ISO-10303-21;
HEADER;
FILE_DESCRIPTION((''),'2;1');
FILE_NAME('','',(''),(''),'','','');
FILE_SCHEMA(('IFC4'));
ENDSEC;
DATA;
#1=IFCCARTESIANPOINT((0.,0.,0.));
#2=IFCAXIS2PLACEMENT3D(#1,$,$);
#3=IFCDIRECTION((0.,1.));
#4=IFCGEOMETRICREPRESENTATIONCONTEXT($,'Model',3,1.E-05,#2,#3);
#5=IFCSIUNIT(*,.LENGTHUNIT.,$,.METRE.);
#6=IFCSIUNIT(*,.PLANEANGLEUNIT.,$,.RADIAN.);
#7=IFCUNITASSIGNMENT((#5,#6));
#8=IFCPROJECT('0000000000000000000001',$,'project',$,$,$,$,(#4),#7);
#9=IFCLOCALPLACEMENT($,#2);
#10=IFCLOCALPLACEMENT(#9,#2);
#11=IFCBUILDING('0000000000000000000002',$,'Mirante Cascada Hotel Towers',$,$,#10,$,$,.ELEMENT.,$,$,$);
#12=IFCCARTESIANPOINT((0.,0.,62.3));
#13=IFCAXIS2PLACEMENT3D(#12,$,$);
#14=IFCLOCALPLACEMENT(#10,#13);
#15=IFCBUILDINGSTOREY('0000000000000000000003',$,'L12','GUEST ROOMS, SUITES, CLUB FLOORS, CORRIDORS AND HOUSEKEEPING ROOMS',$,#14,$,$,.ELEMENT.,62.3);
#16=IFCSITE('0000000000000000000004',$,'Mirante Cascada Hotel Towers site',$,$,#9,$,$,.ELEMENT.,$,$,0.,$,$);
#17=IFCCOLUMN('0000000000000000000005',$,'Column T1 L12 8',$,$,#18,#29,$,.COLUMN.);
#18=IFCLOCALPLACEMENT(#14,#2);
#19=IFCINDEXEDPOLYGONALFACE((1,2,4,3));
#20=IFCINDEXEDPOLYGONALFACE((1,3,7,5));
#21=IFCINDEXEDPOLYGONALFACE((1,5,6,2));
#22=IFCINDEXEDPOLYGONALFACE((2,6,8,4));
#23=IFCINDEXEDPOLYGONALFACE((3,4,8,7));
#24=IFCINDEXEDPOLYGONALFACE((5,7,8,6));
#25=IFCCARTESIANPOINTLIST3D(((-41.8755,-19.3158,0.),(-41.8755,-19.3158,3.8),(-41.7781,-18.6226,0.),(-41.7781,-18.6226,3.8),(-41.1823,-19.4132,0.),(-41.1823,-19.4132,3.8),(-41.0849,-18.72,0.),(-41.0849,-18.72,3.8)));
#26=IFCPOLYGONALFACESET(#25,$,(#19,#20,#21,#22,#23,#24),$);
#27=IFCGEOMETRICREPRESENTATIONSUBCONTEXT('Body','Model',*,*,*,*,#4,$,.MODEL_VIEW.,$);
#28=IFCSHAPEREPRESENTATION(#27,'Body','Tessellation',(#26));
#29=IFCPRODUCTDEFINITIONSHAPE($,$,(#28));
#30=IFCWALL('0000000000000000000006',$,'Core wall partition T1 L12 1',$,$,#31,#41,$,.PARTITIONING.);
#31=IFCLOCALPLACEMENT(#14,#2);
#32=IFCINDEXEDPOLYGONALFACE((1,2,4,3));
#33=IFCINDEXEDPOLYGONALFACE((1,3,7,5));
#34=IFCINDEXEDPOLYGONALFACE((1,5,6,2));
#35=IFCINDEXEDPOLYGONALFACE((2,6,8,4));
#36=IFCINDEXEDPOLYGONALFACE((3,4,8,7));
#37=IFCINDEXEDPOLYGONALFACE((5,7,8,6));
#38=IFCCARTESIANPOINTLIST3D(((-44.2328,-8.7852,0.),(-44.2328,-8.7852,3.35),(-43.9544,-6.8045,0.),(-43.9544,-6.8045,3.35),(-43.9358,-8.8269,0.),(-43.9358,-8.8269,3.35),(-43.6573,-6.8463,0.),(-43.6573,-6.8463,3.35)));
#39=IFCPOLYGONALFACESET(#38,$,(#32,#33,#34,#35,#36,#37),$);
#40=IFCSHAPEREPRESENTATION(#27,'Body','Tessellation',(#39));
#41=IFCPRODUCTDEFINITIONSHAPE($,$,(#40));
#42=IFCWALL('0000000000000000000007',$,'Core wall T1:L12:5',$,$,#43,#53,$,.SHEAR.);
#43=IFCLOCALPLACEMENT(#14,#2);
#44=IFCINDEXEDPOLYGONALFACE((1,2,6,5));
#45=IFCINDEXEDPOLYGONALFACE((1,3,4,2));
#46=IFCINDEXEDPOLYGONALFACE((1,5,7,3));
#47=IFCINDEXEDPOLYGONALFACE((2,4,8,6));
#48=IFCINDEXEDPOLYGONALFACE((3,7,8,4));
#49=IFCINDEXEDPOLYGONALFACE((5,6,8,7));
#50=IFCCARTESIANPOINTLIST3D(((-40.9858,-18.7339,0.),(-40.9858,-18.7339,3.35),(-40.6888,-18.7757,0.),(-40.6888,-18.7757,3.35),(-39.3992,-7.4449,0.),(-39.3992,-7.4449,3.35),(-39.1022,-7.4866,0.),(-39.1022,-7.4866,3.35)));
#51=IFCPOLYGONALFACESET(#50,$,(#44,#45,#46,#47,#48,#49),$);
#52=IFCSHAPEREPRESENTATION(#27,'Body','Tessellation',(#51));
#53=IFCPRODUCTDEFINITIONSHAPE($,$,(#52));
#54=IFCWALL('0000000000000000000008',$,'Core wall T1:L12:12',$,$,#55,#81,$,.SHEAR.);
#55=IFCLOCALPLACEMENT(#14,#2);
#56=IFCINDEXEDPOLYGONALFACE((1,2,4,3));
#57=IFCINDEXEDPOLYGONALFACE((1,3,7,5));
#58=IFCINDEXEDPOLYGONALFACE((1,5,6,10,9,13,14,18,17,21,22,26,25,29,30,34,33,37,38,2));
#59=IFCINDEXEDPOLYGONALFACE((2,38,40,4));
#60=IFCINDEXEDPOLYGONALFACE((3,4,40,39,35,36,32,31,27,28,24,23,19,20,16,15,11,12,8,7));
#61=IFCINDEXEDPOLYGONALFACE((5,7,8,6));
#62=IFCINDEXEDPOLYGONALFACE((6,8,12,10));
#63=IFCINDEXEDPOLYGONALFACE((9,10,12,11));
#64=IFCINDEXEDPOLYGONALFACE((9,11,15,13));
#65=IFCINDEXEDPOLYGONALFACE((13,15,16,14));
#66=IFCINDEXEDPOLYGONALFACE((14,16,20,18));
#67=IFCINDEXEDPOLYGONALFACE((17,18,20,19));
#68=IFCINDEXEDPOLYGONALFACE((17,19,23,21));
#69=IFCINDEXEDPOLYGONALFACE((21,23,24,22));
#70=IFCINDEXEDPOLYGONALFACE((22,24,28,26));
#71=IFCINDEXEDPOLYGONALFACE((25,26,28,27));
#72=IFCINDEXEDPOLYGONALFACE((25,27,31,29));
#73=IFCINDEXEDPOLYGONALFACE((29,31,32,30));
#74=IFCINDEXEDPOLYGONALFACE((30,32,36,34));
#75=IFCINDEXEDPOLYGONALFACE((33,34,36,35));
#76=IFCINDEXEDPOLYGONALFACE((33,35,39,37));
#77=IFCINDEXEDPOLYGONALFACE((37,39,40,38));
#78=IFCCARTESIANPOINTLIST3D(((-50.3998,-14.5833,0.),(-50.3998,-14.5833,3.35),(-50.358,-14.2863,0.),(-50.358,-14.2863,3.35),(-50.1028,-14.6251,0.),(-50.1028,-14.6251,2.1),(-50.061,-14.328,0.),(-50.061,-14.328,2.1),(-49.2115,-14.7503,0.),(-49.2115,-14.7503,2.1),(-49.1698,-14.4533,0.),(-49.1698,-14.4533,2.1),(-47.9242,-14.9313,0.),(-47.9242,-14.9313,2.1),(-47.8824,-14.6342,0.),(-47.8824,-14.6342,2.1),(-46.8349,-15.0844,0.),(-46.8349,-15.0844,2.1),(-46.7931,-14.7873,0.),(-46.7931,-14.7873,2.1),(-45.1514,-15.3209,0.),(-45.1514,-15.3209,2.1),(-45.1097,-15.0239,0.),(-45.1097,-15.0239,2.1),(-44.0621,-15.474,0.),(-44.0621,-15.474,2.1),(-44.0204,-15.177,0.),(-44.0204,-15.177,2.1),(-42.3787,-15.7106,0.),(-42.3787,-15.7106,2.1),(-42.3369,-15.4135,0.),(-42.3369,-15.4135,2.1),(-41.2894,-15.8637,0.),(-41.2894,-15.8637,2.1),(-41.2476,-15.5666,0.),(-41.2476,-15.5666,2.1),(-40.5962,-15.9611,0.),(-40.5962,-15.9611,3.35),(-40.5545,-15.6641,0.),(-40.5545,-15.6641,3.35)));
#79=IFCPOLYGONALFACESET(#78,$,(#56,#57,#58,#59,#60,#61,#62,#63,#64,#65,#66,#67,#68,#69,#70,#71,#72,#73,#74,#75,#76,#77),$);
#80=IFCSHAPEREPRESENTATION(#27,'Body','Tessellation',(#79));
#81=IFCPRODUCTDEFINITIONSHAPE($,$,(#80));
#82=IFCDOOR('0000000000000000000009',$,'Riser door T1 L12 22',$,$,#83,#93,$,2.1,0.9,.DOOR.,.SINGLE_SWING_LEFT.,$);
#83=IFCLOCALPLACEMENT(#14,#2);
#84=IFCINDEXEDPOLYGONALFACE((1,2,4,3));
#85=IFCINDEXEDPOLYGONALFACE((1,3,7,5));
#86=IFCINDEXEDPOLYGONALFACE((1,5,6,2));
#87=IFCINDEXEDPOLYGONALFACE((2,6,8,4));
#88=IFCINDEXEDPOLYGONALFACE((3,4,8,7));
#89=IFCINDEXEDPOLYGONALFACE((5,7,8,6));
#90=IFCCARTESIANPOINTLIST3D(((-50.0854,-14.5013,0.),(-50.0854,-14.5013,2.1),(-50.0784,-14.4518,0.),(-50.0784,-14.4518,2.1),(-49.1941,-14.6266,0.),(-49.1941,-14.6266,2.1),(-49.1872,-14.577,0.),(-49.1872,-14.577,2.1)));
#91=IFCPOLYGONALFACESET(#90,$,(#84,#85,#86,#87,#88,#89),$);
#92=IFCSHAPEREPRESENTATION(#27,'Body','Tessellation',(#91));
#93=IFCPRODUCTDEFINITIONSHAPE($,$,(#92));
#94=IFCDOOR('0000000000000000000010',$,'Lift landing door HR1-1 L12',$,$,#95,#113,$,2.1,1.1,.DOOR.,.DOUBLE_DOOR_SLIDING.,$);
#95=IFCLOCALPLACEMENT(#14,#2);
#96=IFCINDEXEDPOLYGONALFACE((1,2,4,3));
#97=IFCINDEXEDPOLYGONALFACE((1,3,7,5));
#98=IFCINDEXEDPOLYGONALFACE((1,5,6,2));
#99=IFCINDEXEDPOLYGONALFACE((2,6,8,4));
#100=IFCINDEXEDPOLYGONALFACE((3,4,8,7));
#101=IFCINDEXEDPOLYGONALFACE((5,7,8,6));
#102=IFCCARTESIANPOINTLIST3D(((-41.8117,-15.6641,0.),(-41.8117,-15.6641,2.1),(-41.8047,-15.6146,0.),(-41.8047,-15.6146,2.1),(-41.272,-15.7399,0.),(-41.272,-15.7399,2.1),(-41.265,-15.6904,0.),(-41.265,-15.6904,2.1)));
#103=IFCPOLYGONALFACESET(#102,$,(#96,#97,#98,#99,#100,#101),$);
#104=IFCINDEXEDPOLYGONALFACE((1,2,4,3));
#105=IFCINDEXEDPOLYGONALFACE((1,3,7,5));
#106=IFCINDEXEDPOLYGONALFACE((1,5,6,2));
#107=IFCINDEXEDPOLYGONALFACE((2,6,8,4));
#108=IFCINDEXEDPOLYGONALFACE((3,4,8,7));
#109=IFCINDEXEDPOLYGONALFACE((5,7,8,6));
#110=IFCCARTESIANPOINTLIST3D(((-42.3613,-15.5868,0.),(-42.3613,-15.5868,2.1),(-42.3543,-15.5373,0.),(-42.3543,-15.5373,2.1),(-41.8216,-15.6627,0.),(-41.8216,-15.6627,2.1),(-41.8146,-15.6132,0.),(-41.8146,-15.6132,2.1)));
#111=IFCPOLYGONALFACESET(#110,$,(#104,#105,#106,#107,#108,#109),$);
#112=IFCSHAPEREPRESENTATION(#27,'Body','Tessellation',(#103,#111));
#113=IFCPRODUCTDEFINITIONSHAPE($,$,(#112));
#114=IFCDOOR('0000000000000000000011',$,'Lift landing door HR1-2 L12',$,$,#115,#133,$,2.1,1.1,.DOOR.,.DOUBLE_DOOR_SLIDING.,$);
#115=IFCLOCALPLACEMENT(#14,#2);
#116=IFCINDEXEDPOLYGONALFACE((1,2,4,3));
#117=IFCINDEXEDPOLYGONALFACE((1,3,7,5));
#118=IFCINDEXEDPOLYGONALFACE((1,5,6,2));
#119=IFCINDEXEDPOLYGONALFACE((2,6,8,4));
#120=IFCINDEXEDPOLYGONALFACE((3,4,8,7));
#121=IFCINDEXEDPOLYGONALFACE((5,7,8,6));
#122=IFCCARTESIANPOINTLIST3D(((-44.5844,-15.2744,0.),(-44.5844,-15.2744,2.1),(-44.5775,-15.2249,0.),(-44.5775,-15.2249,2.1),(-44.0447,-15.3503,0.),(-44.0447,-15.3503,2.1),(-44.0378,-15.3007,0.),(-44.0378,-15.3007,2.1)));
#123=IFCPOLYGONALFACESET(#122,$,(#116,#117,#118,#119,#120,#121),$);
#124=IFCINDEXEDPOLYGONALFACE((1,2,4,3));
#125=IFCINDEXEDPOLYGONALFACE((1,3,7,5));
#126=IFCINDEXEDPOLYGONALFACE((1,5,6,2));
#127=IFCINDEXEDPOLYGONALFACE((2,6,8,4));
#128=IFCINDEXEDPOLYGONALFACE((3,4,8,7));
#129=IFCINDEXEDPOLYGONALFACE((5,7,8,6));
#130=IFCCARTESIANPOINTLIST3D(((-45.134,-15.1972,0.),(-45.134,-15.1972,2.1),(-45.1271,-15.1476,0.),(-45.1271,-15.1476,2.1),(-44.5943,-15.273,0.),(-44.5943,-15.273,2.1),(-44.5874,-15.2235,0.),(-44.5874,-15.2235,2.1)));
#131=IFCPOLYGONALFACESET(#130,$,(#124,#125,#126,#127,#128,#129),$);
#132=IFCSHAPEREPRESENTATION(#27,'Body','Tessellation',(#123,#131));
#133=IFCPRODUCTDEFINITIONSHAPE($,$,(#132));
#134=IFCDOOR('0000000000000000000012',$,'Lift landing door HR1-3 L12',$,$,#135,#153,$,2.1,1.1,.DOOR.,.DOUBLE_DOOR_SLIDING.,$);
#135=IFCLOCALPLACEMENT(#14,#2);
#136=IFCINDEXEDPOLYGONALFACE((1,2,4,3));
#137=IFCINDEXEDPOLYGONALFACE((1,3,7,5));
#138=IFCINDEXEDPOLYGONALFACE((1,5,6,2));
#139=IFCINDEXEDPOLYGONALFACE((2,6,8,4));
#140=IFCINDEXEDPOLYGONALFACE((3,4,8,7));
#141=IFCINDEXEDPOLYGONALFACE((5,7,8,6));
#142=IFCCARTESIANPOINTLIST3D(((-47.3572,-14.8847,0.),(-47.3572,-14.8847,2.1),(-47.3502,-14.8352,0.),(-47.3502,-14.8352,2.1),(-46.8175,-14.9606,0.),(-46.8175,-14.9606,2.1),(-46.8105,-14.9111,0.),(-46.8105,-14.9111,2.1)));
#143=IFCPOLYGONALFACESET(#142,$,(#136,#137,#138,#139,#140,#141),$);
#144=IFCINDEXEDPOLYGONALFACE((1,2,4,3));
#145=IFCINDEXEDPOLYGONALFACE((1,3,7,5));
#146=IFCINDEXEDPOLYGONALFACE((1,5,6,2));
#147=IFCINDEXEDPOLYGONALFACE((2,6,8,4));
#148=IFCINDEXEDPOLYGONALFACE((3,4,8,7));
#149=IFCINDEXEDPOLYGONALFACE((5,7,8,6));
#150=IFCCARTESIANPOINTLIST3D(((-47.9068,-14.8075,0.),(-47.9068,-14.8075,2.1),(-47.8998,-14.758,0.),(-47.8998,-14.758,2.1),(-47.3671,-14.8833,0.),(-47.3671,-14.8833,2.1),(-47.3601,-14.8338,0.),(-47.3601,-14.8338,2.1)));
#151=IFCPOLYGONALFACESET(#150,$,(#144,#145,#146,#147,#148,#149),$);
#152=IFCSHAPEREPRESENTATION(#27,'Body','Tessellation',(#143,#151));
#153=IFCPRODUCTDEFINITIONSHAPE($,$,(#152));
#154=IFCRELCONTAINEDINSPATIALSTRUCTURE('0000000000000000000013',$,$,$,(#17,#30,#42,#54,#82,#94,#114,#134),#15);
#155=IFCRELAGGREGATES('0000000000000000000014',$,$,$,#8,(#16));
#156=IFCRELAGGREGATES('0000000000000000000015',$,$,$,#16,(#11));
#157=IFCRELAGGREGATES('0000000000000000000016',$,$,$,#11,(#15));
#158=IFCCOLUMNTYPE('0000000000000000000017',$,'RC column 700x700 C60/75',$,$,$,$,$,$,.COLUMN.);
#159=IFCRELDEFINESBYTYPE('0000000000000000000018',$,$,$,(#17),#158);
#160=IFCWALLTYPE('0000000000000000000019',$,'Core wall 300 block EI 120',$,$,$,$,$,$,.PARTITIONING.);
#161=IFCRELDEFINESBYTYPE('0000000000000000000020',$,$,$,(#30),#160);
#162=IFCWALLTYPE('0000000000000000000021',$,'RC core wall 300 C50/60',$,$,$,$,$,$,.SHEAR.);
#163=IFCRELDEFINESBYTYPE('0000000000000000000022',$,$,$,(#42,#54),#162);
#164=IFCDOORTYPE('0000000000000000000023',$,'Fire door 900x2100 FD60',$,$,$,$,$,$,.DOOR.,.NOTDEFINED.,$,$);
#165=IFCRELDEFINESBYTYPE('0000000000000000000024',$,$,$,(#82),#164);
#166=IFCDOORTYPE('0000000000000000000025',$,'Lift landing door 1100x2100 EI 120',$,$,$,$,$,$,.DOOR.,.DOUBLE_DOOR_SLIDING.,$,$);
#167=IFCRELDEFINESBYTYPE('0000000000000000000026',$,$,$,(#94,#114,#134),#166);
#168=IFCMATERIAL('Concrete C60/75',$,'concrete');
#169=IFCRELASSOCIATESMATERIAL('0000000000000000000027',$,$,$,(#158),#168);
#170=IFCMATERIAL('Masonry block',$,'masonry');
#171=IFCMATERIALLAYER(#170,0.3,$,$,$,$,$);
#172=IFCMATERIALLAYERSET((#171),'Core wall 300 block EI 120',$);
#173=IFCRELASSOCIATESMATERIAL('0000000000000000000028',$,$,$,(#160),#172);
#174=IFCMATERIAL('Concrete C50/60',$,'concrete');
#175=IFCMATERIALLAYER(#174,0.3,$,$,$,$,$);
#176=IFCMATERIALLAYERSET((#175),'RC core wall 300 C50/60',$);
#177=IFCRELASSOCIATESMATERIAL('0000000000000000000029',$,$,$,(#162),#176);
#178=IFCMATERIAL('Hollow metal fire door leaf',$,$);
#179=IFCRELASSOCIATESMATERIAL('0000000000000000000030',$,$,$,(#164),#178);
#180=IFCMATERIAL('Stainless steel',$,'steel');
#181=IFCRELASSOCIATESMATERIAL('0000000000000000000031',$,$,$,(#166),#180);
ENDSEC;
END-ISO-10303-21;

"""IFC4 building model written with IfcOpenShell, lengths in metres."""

from ifc_helpers import new_model, si_unit, direction, frame, frame_2d, origin, origin_2d, place, context, subcontext, project, spatial, rectangle, extrude, material, layer, layer_set, material_profile, profile_set, type_object, element, fill, save


model = new_model("IFC4")

# Units and contexts
model_context = context("Model", 3, precision=1e-05, world=origin(), true_north=direction((0.0, 1.0)))
body_context = subcontext(model_context, "Body", "Model", "MODEL_VIEW")
ifc_project = project(units=[si_unit("LENGTHUNIT", "METRE"), si_unit("PLANEANGLEUNIT", "RADIAN")], contexts=[model_context])

# Site, building, storey
site_placement = place(None, origin())
site = spatial("IfcSite", under=ifc_project, at=site_placement, Name="Mirante Cascada Hotel Towers site", CompositionType="ELEMENT", RefElevation=0.0)
building_placement = place(site_placement, origin())
building = spatial("IfcBuilding", under=site, at=building_placement, Name="Mirante Cascada Hotel Towers", CompositionType="ELEMENT")
storey_placement = place(building_placement, frame((0.0, 0.0, 62.3)))
storey = spatial("IfcBuildingStorey", under=building, at=storey_placement, Name="L12", Description="GUEST ROOMS, SUITES, CLUB FLOORS, CORRIDORS AND HOUSEKEEPING ROOMS", CompositionType="ELEMENT", Elevation=62.3)

# Column
ifc_material_1 = material(Name="Concrete C60/75", Category="concrete")
ifc_material_profile = material_profile(ifc_material_1, rectangle(XDim=0.7, YDim=0.7, at=origin_2d()), Name="RC column 700x700 C60/75")
ifc_profile_set = profile_set([ifc_material_profile], Name="Concrete C60/75")
column_type = type_object("IfcColumnType", Name="RC column 700x700 C60/75", PredefinedType="COLUMN", material=ifc_profile_set)
column_placement = place(storey_placement, frame((-41.4802, -19.0179, 0.0), z_axis=(0.0, 0.0, 1.0), x_axis=(-0.990268, 0.139173, 0.0)))
element("IfcColumn", 1, at=column_placement, inside=storey, type_object=column_type, Name="Column T1 L12 8", PredefinedType="COLUMN", context=body_context, shape_type="SweptSolid", body=[
    extrude(rectangle(XDim=0.7, YDim=0.7, at=origin_2d()), origin(), (0.0, 0.0, 1.0), 3.8),
])

# Walls
ifc_material_2 = material(Name="Masonry block", Category="masonry")
ifc_layer_1 = layer(ifc_material_2, 0.3)
ifc_layer_set_1 = layer_set([ifc_layer_1], Name="Core wall 300 block EI 120")
wall_type_1 = type_object("IfcWallType", Name="Core wall 300 block EI 120", PredefinedType="PARTITIONING", material=ifc_layer_set_1)
wall_1_placement = place(storey_placement, frame((-44.0843, -8.8061, 0.0), z_axis=(0.0, 0.0, 1.0), x_axis=(0.139195, 0.990265, 0.0)))
element("IfcWall", 2, at=wall_1_placement, inside=storey, type_object=wall_type_1, Name="Core wall partition T1 L12 1", PredefinedType="PARTITIONING", context=body_context, shape_type="SweptSolid", body=[
    extrude(rectangle(XDim=2.0001, YDim=0.3, at=frame_2d((1.0001, 0.0))), origin(), (0.0, 0.0, 1.0), 3.35),
])
ifc_material_3 = material(Name="Concrete C50/60", Category="concrete")
ifc_layer_2 = layer(ifc_material_3, 0.3)
ifc_layer_set_2 = layer_set([ifc_layer_2], Name="RC core wall 300 C50/60")
wall_type_2 = type_object("IfcWallType", Name="RC core wall 300 C50/60", PredefinedType="SHEAR", material=ifc_layer_set_2)
wall_2_placement = place(storey_placement, frame((-40.8373, -18.7548, 0.0), z_axis=(0.0, 0.0, 1.0), x_axis=(0.139175, 0.990268, 0.0)))
element("IfcWall", 3, at=wall_2_placement, inside=storey, type_object=wall_type_2, Name="Core wall T1:L12:5", PredefinedType="SHEAR", context=body_context, shape_type="SweptSolid", body=[
    extrude(rectangle(XDim=11.4, YDim=0.3, at=frame_2d((5.7, 0.0))), origin(), (0.0, 0.0, 1.0), 3.35),
])

# Wall, openings, doors
wall_3_placement = place(storey_placement, frame((-40.5753, -15.8126, 0.0), z_axis=(0.0, 0.0, 1.0), x_axis=(-0.990268, 0.139173, 0.0)))
wall_3 = element("IfcWall", 4, at=wall_3_placement, inside=storey, type_object=wall_type_2, Name="Core wall T1:L12:12", PredefinedType="SHEAR", context=body_context, shape_type="SweptSolid", body=[
    extrude(rectangle(XDim=9.8999, YDim=0.3, at=frame_2d((4.95, 0.0))), origin(), (0.0, 0.0, 1.0), 3.35),
])
opening_1_placement = place(wall_3_placement, frame((0.7, 0.0, 0.0)))
opening_1 = element("IfcOpeningElement", 5, at=opening_1_placement, cuts=wall_3, PredefinedType="OPENING", context=body_context, shape_type="SweptSolid", body=[
    extrude(rectangle(XDim=1.1, YDim=2.1, at=frame_2d((0.55, 1.05))), frame((0.0, 0.15, 0.0), z_axis=(0.0, -1.0, 0.0), x_axis=(1.0, 0.0, 0.0)), (0.0, 0.0, 1.0), 0.3),
])
opening_2_placement = place(wall_3_placement, frame((3.5, 0.0, 0.0)))
opening_2 = element("IfcOpeningElement", 6, at=opening_2_placement, cuts=wall_3, PredefinedType="OPENING", context=body_context, shape_type="SweptSolid", body=[
    extrude(rectangle(XDim=1.1, YDim=2.1, at=frame_2d((0.55, 1.05))), frame((0.0, 0.15, 0.0), z_axis=(0.0, -1.0, 0.0), x_axis=(1.0, 0.0, 0.0)), (0.0, 0.0, 1.0), 0.3),
])
opening_3_placement = place(wall_3_placement, frame((6.3, 0.0, 0.0)))
opening_3 = element("IfcOpeningElement", 7, at=opening_3_placement, cuts=wall_3, PredefinedType="OPENING", context=body_context, shape_type="SweptSolid", body=[
    extrude(rectangle(XDim=1.1, YDim=2.1, at=frame_2d((0.55, 1.05))), frame((0.0, 0.15, 0.0), z_axis=(0.0, -1.0, 0.0), x_axis=(1.0, 0.0, 0.0)), (0.0, 0.0, 1.0), 0.3),
])
opening_4_placement = place(wall_3_placement, frame((8.7, 0.0, 0.0)))
opening_4 = element("IfcOpeningElement", 8, at=opening_4_placement, cuts=wall_3, PredefinedType="OPENING", context=body_context, shape_type="SweptSolid", body=[
    extrude(rectangle(XDim=0.9, YDim=2.1, at=frame_2d((0.45, 1.05))), frame((0.0, 0.15, 0.0), z_axis=(0.0, -1.0, 0.0), x_axis=(1.0, 0.0, 0.0)), (0.0, 0.0, 1.0), 0.3),
])
ifc_material_4 = material(Name="Hollow metal fire door leaf")
door_type_1 = type_object("IfcDoorType", Name="Fire door 900x2100 FD60", OperationType="NOTDEFINED", PredefinedType="DOOR", material=ifc_material_4)
door_1_placement = place(opening_4_placement, origin())
door_1 = element("IfcDoor", 9, at=door_1_placement, inside=storey, type_object=door_type_1, Name="Riser door T1 L12 22", OperationType="SINGLE_SWING_LEFT", OverallHeight=2.1, OverallWidth=0.9, PredefinedType="DOOR", context=body_context, shape_type="SweptSolid", body=[
    extrude(rectangle(XDim=0.9, YDim=2.1, at=frame_2d((0.45, 1.05))), frame((0.0, 0.025, 0.0), z_axis=(0.0, -1.0, 0.0), x_axis=(1.0, 0.0, 0.0)), (0.0, 0.0, 1.0), 0.05),
])
fill(opening_4, door_1)
ifc_material_5 = material(Name="Stainless steel", Category="steel")
door_type_2 = type_object("IfcDoorType", Name="Lift landing door 1100x2100 EI 120", OperationType="DOUBLE_DOOR_SLIDING", PredefinedType="DOOR", material=ifc_material_5)
door_2_placement = place(opening_1_placement, origin())
door_2 = element("IfcDoor", 10, at=door_2_placement, inside=storey, type_object=door_type_2, Name="Lift landing door HR1-1 L12", OperationType="DOUBLE_DOOR_SLIDING", OverallHeight=2.1, OverallWidth=1.1, PredefinedType="DOOR", context=body_context, shape_type="SweptSolid", body=[
    extrude(rectangle(XDim=0.545, YDim=2.1, at=frame_2d((0.2725, 1.05))), frame((0.0, 0.025, 0.0), z_axis=(0.0, -1.0, 0.0), x_axis=(1.0, 0.0, 0.0)), (0.0, 0.0, 1.0), 0.05),
    extrude(rectangle(XDim=0.545, YDim=2.1, at=frame_2d((0.8275, 1.05))), frame((0.0, 0.025, 0.0), z_axis=(0.0, -1.0, 0.0), x_axis=(1.0, 0.0, 0.0)), (0.0, 0.0, 1.0), 0.05),
])
fill(opening_1, door_2)
door_3_placement = place(opening_2_placement, origin())
door_3 = element("IfcDoor", 11, at=door_3_placement, inside=storey, type_object=door_type_2, Name="Lift landing door HR1-2 L12", OperationType="DOUBLE_DOOR_SLIDING", OverallHeight=2.1, OverallWidth=1.1, PredefinedType="DOOR", context=body_context, shape_type="SweptSolid", body=[
    extrude(rectangle(XDim=0.545, YDim=2.1, at=frame_2d((0.2725, 1.05))), frame((0.0, 0.025, 0.0), z_axis=(0.0, -1.0, 0.0), x_axis=(1.0, 0.0, 0.0)), (0.0, 0.0, 1.0), 0.05),
    extrude(rectangle(XDim=0.545, YDim=2.1, at=frame_2d((0.8275, 1.05))), frame((0.0, 0.025, 0.0), z_axis=(0.0, -1.0, 0.0), x_axis=(1.0, 0.0, 0.0)), (0.0, 0.0, 1.0), 0.05),
])
fill(opening_2, door_3)
door_4_placement = place(opening_3_placement, origin())
door_4 = element("IfcDoor", 12, at=door_4_placement, inside=storey, type_object=door_type_2, Name="Lift landing door HR1-3 L12", OperationType="DOUBLE_DOOR_SLIDING", OverallHeight=2.1, OverallWidth=1.1, PredefinedType="DOOR", context=body_context, shape_type="SweptSolid", body=[
    extrude(rectangle(XDim=0.545, YDim=2.1, at=frame_2d((0.2725, 1.05))), frame((0.0, 0.025, 0.0), z_axis=(0.0, -1.0, 0.0), x_axis=(1.0, 0.0, 0.0)), (0.0, 0.0, 1.0), 0.05),
    extrude(rectangle(XDim=0.545, YDim=2.1, at=frame_2d((0.8275, 1.05))), frame((0.0, 0.025, 0.0), z_axis=(0.0, -1.0, 0.0), x_axis=(1.0, 0.0, 0.0)), (0.0, 0.0, 1.0), 0.05),
])
fill(opening_3, door_4)

save(model, "model.ifc")
